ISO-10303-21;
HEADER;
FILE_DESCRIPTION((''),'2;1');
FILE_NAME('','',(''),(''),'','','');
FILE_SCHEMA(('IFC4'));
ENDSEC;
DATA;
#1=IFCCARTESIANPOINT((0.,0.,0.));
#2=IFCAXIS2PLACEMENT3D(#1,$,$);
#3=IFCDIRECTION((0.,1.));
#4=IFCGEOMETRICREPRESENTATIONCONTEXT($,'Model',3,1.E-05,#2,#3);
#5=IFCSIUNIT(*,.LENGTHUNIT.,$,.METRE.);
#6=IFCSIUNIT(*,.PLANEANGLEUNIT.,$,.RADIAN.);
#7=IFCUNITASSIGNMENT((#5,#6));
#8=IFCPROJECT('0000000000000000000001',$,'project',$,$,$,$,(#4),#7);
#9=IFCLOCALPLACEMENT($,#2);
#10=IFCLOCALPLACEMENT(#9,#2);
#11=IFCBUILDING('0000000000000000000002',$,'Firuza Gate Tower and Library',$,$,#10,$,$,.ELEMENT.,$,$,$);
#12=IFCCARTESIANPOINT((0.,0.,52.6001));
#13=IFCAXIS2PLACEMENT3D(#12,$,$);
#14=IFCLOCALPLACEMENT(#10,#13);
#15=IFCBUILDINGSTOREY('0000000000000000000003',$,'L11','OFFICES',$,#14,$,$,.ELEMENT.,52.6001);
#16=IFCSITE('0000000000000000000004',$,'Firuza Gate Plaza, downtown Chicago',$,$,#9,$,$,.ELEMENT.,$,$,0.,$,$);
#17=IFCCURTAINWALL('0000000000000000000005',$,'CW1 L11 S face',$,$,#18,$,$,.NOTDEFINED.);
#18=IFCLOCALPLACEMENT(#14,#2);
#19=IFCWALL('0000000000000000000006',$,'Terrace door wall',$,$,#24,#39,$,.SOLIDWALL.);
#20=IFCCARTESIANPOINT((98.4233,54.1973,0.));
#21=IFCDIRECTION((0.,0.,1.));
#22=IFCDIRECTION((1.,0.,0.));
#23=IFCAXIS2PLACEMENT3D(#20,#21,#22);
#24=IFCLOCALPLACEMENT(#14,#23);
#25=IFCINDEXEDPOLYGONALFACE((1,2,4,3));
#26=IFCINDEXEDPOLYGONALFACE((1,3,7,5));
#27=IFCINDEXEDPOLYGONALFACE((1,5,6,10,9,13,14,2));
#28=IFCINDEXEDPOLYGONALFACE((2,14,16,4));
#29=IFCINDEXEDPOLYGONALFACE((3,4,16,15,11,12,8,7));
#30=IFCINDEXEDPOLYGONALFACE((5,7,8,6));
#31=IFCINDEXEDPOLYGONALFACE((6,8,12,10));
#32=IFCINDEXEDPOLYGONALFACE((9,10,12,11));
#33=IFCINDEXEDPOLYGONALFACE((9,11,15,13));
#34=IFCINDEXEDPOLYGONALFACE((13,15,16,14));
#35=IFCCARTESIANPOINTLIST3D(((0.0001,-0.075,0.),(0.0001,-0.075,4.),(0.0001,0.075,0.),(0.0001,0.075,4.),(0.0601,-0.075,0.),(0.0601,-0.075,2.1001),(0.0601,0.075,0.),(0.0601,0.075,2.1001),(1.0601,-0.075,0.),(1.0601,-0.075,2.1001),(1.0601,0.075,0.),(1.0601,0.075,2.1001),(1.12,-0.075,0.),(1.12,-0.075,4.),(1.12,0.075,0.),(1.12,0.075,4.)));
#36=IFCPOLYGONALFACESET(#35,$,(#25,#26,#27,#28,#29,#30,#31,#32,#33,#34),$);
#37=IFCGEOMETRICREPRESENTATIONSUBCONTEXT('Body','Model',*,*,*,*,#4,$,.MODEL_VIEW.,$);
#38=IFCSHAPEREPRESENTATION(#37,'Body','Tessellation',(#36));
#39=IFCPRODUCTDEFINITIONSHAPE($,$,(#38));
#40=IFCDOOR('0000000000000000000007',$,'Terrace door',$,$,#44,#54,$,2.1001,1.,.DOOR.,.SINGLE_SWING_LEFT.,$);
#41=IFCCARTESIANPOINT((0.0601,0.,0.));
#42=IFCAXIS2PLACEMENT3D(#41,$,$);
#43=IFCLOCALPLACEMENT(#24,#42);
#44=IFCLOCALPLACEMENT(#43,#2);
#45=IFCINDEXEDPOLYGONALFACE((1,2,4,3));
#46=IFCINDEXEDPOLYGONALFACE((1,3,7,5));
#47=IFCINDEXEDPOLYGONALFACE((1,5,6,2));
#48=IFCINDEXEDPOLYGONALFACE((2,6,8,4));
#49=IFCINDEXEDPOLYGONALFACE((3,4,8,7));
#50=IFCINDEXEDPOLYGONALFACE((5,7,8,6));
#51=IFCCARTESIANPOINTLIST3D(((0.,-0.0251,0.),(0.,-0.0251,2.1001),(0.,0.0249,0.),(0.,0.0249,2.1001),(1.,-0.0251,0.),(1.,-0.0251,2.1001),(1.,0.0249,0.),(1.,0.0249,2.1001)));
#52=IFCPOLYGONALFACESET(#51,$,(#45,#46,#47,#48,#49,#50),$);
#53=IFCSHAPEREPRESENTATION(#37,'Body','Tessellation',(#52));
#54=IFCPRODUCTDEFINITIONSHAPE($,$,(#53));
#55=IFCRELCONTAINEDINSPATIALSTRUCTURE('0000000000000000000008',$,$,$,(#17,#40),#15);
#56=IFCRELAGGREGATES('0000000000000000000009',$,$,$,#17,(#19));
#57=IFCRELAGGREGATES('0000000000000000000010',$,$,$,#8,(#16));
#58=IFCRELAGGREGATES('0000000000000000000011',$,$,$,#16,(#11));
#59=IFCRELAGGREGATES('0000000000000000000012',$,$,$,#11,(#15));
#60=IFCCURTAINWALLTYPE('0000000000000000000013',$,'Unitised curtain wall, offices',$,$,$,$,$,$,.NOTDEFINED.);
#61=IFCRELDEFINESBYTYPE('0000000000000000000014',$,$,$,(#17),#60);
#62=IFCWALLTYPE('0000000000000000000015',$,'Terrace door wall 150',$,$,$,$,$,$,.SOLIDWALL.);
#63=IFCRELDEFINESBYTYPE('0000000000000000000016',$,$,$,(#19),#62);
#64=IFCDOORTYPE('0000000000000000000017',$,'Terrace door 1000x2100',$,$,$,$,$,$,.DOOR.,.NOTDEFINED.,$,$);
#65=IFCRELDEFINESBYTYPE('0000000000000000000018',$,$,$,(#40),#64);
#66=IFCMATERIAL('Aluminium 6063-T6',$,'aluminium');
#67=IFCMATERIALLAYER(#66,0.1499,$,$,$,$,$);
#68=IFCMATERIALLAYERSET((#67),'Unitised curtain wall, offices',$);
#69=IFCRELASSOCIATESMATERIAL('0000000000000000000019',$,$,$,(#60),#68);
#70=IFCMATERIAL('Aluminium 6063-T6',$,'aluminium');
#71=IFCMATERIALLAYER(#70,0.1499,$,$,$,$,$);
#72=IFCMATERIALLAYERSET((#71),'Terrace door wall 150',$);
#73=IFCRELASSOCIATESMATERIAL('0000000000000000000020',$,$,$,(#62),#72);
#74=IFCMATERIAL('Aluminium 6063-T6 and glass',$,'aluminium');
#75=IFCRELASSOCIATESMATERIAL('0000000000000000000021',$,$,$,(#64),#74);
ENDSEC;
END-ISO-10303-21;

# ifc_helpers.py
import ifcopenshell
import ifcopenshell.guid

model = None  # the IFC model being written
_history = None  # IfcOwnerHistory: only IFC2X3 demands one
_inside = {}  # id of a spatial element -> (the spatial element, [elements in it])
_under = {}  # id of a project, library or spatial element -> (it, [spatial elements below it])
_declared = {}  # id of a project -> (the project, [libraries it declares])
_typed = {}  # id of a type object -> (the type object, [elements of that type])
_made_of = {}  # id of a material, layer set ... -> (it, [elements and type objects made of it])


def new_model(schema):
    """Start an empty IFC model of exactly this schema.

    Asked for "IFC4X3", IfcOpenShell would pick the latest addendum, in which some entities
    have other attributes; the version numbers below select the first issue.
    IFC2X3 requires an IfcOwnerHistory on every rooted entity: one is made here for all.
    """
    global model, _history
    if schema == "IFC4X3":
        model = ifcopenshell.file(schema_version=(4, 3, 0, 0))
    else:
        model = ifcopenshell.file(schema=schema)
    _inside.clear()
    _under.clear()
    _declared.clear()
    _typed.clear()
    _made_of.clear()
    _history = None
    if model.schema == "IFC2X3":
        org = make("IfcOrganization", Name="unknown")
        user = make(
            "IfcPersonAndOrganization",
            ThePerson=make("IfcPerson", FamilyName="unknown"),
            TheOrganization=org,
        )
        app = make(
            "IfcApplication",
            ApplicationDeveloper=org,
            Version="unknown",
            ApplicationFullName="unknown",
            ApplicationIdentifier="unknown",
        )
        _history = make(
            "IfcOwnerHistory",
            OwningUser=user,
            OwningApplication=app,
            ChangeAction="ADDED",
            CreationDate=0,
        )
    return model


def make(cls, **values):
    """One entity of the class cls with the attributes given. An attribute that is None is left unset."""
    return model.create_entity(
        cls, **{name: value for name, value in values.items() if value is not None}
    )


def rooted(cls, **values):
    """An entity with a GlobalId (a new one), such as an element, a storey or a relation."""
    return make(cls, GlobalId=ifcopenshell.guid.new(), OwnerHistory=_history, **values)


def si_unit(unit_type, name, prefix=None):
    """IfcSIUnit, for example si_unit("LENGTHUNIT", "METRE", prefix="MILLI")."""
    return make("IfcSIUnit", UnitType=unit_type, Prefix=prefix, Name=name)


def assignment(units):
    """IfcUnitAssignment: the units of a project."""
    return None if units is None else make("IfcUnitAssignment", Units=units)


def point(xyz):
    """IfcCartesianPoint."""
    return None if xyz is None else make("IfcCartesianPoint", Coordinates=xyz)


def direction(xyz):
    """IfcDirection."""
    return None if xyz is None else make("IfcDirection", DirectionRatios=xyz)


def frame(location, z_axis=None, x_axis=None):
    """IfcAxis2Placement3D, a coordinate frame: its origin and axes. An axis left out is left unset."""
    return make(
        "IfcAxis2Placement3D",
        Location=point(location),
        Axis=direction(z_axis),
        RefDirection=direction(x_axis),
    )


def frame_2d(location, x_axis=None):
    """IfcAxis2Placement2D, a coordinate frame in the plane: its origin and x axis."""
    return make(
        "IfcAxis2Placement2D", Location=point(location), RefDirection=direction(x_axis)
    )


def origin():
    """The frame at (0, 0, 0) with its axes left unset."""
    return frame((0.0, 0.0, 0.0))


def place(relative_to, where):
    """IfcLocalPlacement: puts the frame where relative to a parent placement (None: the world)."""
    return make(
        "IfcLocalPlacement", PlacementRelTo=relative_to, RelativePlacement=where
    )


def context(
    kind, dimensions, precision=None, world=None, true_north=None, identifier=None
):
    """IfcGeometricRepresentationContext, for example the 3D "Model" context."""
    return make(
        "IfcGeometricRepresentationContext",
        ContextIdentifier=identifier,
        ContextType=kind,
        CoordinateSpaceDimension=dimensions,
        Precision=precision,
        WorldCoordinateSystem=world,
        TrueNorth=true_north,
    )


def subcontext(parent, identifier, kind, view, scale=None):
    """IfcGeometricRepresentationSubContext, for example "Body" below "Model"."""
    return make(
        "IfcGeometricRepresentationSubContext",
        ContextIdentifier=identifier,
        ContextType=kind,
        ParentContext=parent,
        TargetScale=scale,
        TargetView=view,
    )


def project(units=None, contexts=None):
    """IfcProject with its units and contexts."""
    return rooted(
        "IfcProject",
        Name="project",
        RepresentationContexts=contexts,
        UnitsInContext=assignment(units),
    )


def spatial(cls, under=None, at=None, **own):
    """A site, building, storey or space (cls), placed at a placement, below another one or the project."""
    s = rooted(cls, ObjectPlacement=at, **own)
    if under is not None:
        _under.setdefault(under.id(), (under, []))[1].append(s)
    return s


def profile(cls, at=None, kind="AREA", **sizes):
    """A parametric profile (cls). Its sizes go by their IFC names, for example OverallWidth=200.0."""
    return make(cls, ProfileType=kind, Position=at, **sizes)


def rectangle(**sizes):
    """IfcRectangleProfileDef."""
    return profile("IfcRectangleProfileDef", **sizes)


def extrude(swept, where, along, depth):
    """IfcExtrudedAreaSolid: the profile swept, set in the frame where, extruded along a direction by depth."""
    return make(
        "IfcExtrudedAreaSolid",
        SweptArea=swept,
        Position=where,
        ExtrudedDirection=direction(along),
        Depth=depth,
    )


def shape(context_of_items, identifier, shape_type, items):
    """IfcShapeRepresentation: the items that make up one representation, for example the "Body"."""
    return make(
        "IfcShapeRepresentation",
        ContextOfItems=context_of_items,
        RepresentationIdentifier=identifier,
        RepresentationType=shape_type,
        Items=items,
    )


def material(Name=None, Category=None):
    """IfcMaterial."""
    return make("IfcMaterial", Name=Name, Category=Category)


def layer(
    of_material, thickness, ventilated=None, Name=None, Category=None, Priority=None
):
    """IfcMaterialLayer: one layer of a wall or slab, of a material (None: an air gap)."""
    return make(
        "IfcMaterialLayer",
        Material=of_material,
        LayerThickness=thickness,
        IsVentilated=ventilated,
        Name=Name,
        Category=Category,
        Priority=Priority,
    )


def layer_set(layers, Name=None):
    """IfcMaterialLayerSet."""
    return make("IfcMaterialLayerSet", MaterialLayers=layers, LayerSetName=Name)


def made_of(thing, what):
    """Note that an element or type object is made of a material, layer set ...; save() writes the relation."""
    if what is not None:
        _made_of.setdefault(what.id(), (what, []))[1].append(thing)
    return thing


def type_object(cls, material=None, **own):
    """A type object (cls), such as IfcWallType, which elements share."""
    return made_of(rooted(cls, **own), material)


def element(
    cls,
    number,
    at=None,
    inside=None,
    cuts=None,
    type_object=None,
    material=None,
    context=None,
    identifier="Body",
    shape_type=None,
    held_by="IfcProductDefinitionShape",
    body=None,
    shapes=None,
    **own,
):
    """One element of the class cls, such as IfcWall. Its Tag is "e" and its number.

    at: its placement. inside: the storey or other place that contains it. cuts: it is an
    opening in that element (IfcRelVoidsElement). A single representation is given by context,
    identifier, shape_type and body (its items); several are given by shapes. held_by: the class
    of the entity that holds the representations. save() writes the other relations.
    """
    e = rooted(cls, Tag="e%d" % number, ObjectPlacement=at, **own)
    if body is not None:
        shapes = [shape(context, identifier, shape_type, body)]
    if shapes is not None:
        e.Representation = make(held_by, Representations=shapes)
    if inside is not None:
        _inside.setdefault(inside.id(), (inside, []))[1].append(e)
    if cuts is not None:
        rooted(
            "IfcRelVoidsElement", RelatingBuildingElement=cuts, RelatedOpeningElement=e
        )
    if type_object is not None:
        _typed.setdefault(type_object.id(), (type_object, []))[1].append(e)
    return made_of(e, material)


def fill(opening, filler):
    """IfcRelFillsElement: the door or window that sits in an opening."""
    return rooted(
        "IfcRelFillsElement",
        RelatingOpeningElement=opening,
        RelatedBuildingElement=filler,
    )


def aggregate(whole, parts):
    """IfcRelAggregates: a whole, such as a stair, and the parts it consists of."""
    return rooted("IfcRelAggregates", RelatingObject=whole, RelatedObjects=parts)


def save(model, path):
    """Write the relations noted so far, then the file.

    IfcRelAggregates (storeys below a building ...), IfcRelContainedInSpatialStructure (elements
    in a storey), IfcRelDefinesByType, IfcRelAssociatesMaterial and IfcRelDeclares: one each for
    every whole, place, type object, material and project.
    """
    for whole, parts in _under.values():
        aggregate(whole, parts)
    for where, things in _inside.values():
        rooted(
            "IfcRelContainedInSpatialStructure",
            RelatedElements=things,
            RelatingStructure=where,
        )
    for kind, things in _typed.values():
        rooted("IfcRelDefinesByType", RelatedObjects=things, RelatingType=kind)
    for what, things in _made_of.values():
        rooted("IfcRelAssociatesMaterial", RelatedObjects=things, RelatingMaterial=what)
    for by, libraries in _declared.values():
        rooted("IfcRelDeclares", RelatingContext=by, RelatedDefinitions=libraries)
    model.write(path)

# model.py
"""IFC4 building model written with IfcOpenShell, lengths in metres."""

from ifc_helpers import new_model, si_unit, direction, frame, frame_2d, origin, place, context, subcontext, project, spatial, rectangle, extrude, material, layer, layer_set, type_object, element, fill, aggregate, save


model = new_model("IFC4")

# Units and contexts
model_context = context("Model", 3, precision=1e-05, world=origin(), true_north=direction((0.0, 1.0)))
body_context = subcontext(model_context, "Body", "Model", "MODEL_VIEW")
ifc_project = project(units=[si_unit("LENGTHUNIT", "METRE"), si_unit("PLANEANGLEUNIT", "RADIAN")], contexts=[model_context])

# Site, building, storey
site_placement = place(None, origin())
site = spatial("IfcSite", under=ifc_project, at=site_placement, Name="Firuza Gate Plaza, downtown Chicago", CompositionType="ELEMENT", RefElevation=0.0)
building_placement = place(site_placement, origin())
building = spatial("IfcBuilding", under=site, at=building_placement, Name="Firuza Gate Tower and Library", CompositionType="ELEMENT")
storey_placement = place(building_placement, frame((0.0, 0.0, 52.6001)))
storey = spatial("IfcBuildingStorey", under=building, at=storey_placement, Name="L11", Description="OFFICES", CompositionType="ELEMENT", Elevation=52.6001)

# Curtain wall
ifc_material_1 = material(Name="Aluminium 6063-T6", Category="aluminium")
ifc_layer_1 = layer(ifc_material_1, 0.1499)
ifc_layer_set_1 = layer_set([ifc_layer_1], Name="Unitised curtain wall, offices")
curtain_wall_type_1 = type_object("IfcCurtainWallType", Name="Unitised curtain wall, offices", PredefinedType="NOTDEFINED", material=ifc_layer_set_1)
placement_1 = place(storey_placement, origin())
curtain_wall_1 = element("IfcCurtainWall", 1, at=placement_1, inside=storey, type_object=curtain_wall_type_1, Name="CW1 L11 S face", PredefinedType="NOTDEFINED")

# Wall, opening, door
ifc_material_2 = material(Name="Aluminium 6063-T6", Category="aluminium")
ifc_layer_2 = layer(ifc_material_2, 0.1499)
ifc_layer_set_2 = layer_set([ifc_layer_2], Name="Terrace door wall 150")
wall_type_1 = type_object("IfcWallType", Name="Terrace door wall 150", PredefinedType="SOLIDWALL", material=ifc_layer_set_2)
wall_1_placement = place(storey_placement, frame((98.4233, 54.1973, 0.0), z_axis=(0.0, 0.0, 1.0), x_axis=(1.0, 0.0, 0.0)))
wall_1 = element("IfcWall", 2, at=wall_1_placement, type_object=wall_type_1, Name="Terrace door wall", PredefinedType="SOLIDWALL", context=body_context, shape_type="SweptSolid", body=[
    extrude(rectangle(XDim=1.1199, YDim=0.1499, at=frame_2d((0.5601, 0.0))), origin(), (0.0, 0.0, 1.0), 4.0),
])
opening_placement = place(wall_1_placement, frame((0.0601, 0.0, 0.0)))
opening = element("IfcOpeningElement", 3, at=opening_placement, cuts=wall_1, PredefinedType="OPENING", context=body_context, shape_type="SweptSolid", body=[
    extrude(rectangle(XDim=1.0, YDim=2.1001, at=frame_2d((0.5, 1.05))), frame((0.0, 0.085, 0.0), z_axis=(0.0, -1.0, 0.0), x_axis=(1.0, 0.0, 0.0)), (0.0, 0.0, 1.0), 0.1699),
])
ifc_material_3 = material(Name="Aluminium 6063-T6 and glass", Category="aluminium")
door_type = type_object("IfcDoorType", Name="Terrace door 1000x2100", OperationType="NOTDEFINED", PredefinedType="DOOR", material=ifc_material_3)
door_placement = place(opening_placement, origin())
door = element("IfcDoor", 4, at=door_placement, inside=storey, type_object=door_type, Name="Terrace door", OperationType="SINGLE_SWING_LEFT", OverallHeight=2.1001, OverallWidth=1.0, PredefinedType="DOOR", context=body_context, shape_type="SweptSolid", body=[
    extrude(rectangle(XDim=1.0, YDim=2.1001, at=frame_2d((0.5, 1.05))), frame((0.0, 0.0249, 0.0), z_axis=(0.0, -1.0, 0.0), x_axis=(1.0, 0.0, 0.0)), (0.0, 0.0, 1.0), 0.05),
])
fill(opening, door)
aggregate(curtain_wall_1, [wall_1])

save(model, "model.ifc")
